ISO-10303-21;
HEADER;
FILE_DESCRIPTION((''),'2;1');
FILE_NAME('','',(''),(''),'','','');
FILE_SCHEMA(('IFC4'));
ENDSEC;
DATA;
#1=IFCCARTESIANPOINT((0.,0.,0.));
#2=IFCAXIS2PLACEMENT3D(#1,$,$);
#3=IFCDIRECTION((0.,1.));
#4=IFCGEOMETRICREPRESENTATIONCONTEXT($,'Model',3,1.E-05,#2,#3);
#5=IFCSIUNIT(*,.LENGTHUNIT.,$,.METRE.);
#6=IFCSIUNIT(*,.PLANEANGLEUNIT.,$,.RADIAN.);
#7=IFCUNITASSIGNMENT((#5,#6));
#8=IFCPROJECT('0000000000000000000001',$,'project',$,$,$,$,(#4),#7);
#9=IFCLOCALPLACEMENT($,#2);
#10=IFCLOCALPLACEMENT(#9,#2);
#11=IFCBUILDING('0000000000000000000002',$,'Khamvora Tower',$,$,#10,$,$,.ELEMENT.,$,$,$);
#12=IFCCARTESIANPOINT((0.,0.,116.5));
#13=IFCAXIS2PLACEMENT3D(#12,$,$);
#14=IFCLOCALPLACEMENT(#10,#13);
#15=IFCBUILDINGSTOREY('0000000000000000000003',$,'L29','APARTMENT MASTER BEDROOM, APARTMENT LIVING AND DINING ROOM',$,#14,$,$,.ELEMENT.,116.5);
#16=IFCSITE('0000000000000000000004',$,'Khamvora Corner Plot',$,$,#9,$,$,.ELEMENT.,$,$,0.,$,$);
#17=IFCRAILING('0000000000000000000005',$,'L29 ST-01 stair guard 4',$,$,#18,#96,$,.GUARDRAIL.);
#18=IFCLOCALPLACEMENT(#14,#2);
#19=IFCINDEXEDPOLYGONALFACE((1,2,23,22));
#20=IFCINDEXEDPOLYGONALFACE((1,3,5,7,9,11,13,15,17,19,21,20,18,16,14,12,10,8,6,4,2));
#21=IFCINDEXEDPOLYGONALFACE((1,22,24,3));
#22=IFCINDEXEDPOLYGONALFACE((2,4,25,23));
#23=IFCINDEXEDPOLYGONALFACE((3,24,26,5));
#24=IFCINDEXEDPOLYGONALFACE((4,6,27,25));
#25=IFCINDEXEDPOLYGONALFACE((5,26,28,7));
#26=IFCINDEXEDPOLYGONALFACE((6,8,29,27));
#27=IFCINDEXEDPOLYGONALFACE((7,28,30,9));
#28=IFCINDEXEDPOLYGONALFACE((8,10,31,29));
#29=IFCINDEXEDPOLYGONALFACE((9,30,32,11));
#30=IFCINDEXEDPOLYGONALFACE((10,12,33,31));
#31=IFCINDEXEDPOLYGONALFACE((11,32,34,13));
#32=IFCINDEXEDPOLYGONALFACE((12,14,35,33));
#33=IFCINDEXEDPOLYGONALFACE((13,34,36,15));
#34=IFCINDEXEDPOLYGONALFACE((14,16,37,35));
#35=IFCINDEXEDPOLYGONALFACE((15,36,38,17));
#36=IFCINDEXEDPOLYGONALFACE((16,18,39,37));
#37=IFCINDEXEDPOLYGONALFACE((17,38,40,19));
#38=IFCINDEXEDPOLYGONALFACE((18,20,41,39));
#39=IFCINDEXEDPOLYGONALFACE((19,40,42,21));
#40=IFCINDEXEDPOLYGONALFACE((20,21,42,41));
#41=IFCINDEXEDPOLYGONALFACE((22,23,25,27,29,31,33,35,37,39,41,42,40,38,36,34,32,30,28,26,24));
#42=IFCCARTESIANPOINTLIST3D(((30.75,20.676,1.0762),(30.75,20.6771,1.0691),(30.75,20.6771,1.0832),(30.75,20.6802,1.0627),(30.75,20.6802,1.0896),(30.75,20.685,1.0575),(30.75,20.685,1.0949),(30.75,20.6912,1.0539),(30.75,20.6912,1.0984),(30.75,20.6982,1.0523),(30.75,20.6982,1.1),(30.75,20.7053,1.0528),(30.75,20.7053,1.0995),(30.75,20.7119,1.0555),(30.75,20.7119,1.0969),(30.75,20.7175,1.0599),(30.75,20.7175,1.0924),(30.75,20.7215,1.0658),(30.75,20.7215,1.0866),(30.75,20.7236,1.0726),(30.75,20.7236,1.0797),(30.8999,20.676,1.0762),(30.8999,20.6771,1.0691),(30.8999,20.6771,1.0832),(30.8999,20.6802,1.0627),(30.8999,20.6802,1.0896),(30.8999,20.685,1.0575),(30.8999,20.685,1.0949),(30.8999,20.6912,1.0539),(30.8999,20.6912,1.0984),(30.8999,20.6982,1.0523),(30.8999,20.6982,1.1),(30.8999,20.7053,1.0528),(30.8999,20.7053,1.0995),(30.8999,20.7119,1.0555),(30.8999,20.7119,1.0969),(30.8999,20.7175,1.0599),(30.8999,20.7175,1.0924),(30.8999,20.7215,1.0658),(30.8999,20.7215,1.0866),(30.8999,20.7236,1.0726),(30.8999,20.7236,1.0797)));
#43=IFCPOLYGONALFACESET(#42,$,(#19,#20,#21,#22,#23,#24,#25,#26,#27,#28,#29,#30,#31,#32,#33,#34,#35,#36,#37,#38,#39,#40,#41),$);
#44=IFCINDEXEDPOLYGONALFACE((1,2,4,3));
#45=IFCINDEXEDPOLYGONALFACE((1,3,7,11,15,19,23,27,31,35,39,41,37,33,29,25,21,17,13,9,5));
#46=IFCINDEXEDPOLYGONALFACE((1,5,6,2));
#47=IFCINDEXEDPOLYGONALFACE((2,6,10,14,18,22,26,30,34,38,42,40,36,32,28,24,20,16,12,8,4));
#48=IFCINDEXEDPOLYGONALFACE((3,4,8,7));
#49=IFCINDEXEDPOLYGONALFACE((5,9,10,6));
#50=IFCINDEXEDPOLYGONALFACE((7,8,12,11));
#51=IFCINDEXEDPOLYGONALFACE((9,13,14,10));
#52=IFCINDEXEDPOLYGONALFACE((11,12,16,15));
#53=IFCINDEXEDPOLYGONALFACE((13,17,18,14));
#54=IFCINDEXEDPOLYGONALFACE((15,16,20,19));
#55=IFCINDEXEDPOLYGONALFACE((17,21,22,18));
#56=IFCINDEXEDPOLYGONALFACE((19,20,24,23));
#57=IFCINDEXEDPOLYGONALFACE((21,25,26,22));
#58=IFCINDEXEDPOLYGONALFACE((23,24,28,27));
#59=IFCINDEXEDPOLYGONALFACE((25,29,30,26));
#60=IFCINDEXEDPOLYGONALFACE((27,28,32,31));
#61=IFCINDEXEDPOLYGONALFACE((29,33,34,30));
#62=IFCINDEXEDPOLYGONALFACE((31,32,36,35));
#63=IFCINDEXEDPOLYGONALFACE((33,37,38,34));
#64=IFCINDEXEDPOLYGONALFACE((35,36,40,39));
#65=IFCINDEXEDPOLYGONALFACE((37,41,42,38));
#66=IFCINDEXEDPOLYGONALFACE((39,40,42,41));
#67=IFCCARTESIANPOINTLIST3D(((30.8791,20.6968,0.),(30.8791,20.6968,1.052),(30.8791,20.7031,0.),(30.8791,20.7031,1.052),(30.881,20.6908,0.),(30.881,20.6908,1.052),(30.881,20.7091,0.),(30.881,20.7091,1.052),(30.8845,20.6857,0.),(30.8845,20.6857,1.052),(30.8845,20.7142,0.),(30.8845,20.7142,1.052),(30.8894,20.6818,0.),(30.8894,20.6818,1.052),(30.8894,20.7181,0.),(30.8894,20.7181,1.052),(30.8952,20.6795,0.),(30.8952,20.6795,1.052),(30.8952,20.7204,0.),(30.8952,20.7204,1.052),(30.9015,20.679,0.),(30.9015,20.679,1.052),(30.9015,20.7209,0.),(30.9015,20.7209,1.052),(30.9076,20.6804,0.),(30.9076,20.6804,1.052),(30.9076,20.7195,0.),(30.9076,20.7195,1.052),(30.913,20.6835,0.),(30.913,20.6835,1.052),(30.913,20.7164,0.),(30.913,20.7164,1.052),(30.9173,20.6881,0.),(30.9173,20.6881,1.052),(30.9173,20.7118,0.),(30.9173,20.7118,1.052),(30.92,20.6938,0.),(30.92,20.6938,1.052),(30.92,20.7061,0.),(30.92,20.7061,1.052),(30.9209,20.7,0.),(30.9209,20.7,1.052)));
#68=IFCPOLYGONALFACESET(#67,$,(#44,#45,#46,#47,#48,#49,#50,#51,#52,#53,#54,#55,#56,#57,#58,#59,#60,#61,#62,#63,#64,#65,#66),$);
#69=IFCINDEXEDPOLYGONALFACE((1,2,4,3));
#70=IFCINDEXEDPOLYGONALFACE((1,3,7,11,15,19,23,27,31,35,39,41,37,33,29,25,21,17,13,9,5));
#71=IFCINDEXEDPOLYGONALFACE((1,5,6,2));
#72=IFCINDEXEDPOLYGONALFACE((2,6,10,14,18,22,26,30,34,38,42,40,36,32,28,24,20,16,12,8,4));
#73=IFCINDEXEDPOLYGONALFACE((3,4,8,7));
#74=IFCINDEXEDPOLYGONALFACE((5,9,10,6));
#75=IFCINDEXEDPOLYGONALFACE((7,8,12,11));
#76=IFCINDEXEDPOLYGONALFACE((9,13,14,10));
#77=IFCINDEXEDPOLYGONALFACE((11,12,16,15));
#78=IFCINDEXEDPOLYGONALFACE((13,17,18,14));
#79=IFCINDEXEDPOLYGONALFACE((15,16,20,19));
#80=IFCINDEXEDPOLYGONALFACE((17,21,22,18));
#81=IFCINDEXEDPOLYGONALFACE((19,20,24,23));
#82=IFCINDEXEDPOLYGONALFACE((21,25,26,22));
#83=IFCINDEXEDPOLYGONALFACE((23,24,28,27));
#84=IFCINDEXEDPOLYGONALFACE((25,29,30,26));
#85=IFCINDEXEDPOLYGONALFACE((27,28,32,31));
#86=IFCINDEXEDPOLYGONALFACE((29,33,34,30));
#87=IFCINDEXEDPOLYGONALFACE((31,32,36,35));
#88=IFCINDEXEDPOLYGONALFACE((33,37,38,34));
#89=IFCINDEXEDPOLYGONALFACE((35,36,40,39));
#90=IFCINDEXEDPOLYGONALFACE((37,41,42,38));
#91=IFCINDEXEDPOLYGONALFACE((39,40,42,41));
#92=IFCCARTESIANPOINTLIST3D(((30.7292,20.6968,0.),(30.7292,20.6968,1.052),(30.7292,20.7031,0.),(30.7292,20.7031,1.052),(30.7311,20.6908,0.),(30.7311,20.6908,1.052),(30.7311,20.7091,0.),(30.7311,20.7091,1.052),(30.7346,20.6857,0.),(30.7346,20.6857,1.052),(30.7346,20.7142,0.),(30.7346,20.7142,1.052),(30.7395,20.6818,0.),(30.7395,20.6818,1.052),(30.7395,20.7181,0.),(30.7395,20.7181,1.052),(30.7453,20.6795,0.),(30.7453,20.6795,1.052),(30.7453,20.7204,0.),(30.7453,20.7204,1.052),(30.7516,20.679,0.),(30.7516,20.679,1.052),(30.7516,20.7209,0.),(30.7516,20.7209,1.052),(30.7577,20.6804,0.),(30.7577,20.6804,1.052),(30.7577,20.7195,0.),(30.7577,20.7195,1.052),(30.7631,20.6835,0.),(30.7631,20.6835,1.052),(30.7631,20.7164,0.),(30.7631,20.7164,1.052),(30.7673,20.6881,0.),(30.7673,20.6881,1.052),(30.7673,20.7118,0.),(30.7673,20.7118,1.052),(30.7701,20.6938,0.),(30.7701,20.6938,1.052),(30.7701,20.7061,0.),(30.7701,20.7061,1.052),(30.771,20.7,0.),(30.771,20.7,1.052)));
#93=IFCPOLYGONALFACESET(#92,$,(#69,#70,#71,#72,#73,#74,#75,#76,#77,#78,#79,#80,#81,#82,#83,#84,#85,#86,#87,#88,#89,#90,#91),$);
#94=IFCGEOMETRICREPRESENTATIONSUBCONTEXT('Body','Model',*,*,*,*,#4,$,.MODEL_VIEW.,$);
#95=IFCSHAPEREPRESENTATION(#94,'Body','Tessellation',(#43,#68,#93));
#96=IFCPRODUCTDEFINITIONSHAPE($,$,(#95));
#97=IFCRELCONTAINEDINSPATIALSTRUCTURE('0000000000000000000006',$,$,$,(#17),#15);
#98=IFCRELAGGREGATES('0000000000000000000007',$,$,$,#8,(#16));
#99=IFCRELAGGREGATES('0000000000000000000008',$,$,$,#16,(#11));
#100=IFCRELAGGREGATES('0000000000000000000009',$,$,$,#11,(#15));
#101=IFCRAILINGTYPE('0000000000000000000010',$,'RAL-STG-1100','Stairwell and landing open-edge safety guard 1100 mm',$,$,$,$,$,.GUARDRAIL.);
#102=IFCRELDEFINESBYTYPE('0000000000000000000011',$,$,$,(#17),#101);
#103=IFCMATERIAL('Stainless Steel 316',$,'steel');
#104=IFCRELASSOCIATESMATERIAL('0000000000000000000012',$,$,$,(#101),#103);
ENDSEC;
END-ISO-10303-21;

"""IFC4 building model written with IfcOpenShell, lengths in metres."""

from ifc_helpers import new_model, si_unit, direction, frame, origin, origin_2d, place, context, subcontext, project, spatial, circle, extrude, material, type_object, element, save


model = new_model("IFC4")

# Units and contexts
model_context = context("Model", 3, precision=1e-05, world=origin(), true_north=direction((0.0, 1.0)))
body_context = subcontext(model_context, "Body", "Model", "MODEL_VIEW")
ifc_project = project(units=[si_unit("LENGTHUNIT", "METRE"), si_unit("PLANEANGLEUNIT", "RADIAN")], contexts=[model_context])

# Site, building, storey
site_placement = place(None, origin())
site = spatial("IfcSite", under=ifc_project, at=site_placement, Name="Khamvora Corner Plot", CompositionType="ELEMENT", RefElevation=0.0)
building_placement = place(site_placement, origin())
building = spatial("IfcBuilding", under=site, at=building_placement, Name="Khamvora Tower", CompositionType="ELEMENT")
storey_placement = place(building_placement, frame((0.0, 0.0, 116.5)))
storey = spatial("IfcBuildingStorey", under=building, at=storey_placement, Name="L29", Description="APARTMENT MASTER BEDROOM, APARTMENT LIVING AND DINING ROOM", CompositionType="ELEMENT", Elevation=116.5)

# Railing
ifc_material_1 = material(Name="Stainless Steel 316", Category="steel")
railing_type_1 = type_object("IfcRailingType", Name="RAL-STG-1100", Description="Stairwell and landing open-edge safety guard 1100 mm", PredefinedType="GUARDRAIL", material=ifc_material_1)
railing_1_placement = place(storey_placement, frame((30.8999, 20.7, 0.0)))
element("IfcRailing", 1, at=railing_1_placement, inside=storey, type_object=railing_type_1, Name="L29 ST-01 stair guard 4", PredefinedType="GUARDRAIL", context=body_context, shape_type="SweptSolid", body=[
    extrude(circle(Radius=0.0239, at=origin_2d()), frame((0.0, 0.0, 1.0762), z_axis=(-1.0, 0.0, 0.0), x_axis=(0.0, -1.0, 0.0)), (0.0, 0.0, 1.0), 0.1499),
    extrude(circle(Radius=0.021, at=origin_2d()), origin(), (0.0, 0.0, 1.0), 1.052),
    extrude(circle(Radius=0.021, at=origin_2d()), frame((-0.1499, 0.0, 0.0)), (0.0, 0.0, 1.0), 1.052),
])

save(model, "model.ifc")
